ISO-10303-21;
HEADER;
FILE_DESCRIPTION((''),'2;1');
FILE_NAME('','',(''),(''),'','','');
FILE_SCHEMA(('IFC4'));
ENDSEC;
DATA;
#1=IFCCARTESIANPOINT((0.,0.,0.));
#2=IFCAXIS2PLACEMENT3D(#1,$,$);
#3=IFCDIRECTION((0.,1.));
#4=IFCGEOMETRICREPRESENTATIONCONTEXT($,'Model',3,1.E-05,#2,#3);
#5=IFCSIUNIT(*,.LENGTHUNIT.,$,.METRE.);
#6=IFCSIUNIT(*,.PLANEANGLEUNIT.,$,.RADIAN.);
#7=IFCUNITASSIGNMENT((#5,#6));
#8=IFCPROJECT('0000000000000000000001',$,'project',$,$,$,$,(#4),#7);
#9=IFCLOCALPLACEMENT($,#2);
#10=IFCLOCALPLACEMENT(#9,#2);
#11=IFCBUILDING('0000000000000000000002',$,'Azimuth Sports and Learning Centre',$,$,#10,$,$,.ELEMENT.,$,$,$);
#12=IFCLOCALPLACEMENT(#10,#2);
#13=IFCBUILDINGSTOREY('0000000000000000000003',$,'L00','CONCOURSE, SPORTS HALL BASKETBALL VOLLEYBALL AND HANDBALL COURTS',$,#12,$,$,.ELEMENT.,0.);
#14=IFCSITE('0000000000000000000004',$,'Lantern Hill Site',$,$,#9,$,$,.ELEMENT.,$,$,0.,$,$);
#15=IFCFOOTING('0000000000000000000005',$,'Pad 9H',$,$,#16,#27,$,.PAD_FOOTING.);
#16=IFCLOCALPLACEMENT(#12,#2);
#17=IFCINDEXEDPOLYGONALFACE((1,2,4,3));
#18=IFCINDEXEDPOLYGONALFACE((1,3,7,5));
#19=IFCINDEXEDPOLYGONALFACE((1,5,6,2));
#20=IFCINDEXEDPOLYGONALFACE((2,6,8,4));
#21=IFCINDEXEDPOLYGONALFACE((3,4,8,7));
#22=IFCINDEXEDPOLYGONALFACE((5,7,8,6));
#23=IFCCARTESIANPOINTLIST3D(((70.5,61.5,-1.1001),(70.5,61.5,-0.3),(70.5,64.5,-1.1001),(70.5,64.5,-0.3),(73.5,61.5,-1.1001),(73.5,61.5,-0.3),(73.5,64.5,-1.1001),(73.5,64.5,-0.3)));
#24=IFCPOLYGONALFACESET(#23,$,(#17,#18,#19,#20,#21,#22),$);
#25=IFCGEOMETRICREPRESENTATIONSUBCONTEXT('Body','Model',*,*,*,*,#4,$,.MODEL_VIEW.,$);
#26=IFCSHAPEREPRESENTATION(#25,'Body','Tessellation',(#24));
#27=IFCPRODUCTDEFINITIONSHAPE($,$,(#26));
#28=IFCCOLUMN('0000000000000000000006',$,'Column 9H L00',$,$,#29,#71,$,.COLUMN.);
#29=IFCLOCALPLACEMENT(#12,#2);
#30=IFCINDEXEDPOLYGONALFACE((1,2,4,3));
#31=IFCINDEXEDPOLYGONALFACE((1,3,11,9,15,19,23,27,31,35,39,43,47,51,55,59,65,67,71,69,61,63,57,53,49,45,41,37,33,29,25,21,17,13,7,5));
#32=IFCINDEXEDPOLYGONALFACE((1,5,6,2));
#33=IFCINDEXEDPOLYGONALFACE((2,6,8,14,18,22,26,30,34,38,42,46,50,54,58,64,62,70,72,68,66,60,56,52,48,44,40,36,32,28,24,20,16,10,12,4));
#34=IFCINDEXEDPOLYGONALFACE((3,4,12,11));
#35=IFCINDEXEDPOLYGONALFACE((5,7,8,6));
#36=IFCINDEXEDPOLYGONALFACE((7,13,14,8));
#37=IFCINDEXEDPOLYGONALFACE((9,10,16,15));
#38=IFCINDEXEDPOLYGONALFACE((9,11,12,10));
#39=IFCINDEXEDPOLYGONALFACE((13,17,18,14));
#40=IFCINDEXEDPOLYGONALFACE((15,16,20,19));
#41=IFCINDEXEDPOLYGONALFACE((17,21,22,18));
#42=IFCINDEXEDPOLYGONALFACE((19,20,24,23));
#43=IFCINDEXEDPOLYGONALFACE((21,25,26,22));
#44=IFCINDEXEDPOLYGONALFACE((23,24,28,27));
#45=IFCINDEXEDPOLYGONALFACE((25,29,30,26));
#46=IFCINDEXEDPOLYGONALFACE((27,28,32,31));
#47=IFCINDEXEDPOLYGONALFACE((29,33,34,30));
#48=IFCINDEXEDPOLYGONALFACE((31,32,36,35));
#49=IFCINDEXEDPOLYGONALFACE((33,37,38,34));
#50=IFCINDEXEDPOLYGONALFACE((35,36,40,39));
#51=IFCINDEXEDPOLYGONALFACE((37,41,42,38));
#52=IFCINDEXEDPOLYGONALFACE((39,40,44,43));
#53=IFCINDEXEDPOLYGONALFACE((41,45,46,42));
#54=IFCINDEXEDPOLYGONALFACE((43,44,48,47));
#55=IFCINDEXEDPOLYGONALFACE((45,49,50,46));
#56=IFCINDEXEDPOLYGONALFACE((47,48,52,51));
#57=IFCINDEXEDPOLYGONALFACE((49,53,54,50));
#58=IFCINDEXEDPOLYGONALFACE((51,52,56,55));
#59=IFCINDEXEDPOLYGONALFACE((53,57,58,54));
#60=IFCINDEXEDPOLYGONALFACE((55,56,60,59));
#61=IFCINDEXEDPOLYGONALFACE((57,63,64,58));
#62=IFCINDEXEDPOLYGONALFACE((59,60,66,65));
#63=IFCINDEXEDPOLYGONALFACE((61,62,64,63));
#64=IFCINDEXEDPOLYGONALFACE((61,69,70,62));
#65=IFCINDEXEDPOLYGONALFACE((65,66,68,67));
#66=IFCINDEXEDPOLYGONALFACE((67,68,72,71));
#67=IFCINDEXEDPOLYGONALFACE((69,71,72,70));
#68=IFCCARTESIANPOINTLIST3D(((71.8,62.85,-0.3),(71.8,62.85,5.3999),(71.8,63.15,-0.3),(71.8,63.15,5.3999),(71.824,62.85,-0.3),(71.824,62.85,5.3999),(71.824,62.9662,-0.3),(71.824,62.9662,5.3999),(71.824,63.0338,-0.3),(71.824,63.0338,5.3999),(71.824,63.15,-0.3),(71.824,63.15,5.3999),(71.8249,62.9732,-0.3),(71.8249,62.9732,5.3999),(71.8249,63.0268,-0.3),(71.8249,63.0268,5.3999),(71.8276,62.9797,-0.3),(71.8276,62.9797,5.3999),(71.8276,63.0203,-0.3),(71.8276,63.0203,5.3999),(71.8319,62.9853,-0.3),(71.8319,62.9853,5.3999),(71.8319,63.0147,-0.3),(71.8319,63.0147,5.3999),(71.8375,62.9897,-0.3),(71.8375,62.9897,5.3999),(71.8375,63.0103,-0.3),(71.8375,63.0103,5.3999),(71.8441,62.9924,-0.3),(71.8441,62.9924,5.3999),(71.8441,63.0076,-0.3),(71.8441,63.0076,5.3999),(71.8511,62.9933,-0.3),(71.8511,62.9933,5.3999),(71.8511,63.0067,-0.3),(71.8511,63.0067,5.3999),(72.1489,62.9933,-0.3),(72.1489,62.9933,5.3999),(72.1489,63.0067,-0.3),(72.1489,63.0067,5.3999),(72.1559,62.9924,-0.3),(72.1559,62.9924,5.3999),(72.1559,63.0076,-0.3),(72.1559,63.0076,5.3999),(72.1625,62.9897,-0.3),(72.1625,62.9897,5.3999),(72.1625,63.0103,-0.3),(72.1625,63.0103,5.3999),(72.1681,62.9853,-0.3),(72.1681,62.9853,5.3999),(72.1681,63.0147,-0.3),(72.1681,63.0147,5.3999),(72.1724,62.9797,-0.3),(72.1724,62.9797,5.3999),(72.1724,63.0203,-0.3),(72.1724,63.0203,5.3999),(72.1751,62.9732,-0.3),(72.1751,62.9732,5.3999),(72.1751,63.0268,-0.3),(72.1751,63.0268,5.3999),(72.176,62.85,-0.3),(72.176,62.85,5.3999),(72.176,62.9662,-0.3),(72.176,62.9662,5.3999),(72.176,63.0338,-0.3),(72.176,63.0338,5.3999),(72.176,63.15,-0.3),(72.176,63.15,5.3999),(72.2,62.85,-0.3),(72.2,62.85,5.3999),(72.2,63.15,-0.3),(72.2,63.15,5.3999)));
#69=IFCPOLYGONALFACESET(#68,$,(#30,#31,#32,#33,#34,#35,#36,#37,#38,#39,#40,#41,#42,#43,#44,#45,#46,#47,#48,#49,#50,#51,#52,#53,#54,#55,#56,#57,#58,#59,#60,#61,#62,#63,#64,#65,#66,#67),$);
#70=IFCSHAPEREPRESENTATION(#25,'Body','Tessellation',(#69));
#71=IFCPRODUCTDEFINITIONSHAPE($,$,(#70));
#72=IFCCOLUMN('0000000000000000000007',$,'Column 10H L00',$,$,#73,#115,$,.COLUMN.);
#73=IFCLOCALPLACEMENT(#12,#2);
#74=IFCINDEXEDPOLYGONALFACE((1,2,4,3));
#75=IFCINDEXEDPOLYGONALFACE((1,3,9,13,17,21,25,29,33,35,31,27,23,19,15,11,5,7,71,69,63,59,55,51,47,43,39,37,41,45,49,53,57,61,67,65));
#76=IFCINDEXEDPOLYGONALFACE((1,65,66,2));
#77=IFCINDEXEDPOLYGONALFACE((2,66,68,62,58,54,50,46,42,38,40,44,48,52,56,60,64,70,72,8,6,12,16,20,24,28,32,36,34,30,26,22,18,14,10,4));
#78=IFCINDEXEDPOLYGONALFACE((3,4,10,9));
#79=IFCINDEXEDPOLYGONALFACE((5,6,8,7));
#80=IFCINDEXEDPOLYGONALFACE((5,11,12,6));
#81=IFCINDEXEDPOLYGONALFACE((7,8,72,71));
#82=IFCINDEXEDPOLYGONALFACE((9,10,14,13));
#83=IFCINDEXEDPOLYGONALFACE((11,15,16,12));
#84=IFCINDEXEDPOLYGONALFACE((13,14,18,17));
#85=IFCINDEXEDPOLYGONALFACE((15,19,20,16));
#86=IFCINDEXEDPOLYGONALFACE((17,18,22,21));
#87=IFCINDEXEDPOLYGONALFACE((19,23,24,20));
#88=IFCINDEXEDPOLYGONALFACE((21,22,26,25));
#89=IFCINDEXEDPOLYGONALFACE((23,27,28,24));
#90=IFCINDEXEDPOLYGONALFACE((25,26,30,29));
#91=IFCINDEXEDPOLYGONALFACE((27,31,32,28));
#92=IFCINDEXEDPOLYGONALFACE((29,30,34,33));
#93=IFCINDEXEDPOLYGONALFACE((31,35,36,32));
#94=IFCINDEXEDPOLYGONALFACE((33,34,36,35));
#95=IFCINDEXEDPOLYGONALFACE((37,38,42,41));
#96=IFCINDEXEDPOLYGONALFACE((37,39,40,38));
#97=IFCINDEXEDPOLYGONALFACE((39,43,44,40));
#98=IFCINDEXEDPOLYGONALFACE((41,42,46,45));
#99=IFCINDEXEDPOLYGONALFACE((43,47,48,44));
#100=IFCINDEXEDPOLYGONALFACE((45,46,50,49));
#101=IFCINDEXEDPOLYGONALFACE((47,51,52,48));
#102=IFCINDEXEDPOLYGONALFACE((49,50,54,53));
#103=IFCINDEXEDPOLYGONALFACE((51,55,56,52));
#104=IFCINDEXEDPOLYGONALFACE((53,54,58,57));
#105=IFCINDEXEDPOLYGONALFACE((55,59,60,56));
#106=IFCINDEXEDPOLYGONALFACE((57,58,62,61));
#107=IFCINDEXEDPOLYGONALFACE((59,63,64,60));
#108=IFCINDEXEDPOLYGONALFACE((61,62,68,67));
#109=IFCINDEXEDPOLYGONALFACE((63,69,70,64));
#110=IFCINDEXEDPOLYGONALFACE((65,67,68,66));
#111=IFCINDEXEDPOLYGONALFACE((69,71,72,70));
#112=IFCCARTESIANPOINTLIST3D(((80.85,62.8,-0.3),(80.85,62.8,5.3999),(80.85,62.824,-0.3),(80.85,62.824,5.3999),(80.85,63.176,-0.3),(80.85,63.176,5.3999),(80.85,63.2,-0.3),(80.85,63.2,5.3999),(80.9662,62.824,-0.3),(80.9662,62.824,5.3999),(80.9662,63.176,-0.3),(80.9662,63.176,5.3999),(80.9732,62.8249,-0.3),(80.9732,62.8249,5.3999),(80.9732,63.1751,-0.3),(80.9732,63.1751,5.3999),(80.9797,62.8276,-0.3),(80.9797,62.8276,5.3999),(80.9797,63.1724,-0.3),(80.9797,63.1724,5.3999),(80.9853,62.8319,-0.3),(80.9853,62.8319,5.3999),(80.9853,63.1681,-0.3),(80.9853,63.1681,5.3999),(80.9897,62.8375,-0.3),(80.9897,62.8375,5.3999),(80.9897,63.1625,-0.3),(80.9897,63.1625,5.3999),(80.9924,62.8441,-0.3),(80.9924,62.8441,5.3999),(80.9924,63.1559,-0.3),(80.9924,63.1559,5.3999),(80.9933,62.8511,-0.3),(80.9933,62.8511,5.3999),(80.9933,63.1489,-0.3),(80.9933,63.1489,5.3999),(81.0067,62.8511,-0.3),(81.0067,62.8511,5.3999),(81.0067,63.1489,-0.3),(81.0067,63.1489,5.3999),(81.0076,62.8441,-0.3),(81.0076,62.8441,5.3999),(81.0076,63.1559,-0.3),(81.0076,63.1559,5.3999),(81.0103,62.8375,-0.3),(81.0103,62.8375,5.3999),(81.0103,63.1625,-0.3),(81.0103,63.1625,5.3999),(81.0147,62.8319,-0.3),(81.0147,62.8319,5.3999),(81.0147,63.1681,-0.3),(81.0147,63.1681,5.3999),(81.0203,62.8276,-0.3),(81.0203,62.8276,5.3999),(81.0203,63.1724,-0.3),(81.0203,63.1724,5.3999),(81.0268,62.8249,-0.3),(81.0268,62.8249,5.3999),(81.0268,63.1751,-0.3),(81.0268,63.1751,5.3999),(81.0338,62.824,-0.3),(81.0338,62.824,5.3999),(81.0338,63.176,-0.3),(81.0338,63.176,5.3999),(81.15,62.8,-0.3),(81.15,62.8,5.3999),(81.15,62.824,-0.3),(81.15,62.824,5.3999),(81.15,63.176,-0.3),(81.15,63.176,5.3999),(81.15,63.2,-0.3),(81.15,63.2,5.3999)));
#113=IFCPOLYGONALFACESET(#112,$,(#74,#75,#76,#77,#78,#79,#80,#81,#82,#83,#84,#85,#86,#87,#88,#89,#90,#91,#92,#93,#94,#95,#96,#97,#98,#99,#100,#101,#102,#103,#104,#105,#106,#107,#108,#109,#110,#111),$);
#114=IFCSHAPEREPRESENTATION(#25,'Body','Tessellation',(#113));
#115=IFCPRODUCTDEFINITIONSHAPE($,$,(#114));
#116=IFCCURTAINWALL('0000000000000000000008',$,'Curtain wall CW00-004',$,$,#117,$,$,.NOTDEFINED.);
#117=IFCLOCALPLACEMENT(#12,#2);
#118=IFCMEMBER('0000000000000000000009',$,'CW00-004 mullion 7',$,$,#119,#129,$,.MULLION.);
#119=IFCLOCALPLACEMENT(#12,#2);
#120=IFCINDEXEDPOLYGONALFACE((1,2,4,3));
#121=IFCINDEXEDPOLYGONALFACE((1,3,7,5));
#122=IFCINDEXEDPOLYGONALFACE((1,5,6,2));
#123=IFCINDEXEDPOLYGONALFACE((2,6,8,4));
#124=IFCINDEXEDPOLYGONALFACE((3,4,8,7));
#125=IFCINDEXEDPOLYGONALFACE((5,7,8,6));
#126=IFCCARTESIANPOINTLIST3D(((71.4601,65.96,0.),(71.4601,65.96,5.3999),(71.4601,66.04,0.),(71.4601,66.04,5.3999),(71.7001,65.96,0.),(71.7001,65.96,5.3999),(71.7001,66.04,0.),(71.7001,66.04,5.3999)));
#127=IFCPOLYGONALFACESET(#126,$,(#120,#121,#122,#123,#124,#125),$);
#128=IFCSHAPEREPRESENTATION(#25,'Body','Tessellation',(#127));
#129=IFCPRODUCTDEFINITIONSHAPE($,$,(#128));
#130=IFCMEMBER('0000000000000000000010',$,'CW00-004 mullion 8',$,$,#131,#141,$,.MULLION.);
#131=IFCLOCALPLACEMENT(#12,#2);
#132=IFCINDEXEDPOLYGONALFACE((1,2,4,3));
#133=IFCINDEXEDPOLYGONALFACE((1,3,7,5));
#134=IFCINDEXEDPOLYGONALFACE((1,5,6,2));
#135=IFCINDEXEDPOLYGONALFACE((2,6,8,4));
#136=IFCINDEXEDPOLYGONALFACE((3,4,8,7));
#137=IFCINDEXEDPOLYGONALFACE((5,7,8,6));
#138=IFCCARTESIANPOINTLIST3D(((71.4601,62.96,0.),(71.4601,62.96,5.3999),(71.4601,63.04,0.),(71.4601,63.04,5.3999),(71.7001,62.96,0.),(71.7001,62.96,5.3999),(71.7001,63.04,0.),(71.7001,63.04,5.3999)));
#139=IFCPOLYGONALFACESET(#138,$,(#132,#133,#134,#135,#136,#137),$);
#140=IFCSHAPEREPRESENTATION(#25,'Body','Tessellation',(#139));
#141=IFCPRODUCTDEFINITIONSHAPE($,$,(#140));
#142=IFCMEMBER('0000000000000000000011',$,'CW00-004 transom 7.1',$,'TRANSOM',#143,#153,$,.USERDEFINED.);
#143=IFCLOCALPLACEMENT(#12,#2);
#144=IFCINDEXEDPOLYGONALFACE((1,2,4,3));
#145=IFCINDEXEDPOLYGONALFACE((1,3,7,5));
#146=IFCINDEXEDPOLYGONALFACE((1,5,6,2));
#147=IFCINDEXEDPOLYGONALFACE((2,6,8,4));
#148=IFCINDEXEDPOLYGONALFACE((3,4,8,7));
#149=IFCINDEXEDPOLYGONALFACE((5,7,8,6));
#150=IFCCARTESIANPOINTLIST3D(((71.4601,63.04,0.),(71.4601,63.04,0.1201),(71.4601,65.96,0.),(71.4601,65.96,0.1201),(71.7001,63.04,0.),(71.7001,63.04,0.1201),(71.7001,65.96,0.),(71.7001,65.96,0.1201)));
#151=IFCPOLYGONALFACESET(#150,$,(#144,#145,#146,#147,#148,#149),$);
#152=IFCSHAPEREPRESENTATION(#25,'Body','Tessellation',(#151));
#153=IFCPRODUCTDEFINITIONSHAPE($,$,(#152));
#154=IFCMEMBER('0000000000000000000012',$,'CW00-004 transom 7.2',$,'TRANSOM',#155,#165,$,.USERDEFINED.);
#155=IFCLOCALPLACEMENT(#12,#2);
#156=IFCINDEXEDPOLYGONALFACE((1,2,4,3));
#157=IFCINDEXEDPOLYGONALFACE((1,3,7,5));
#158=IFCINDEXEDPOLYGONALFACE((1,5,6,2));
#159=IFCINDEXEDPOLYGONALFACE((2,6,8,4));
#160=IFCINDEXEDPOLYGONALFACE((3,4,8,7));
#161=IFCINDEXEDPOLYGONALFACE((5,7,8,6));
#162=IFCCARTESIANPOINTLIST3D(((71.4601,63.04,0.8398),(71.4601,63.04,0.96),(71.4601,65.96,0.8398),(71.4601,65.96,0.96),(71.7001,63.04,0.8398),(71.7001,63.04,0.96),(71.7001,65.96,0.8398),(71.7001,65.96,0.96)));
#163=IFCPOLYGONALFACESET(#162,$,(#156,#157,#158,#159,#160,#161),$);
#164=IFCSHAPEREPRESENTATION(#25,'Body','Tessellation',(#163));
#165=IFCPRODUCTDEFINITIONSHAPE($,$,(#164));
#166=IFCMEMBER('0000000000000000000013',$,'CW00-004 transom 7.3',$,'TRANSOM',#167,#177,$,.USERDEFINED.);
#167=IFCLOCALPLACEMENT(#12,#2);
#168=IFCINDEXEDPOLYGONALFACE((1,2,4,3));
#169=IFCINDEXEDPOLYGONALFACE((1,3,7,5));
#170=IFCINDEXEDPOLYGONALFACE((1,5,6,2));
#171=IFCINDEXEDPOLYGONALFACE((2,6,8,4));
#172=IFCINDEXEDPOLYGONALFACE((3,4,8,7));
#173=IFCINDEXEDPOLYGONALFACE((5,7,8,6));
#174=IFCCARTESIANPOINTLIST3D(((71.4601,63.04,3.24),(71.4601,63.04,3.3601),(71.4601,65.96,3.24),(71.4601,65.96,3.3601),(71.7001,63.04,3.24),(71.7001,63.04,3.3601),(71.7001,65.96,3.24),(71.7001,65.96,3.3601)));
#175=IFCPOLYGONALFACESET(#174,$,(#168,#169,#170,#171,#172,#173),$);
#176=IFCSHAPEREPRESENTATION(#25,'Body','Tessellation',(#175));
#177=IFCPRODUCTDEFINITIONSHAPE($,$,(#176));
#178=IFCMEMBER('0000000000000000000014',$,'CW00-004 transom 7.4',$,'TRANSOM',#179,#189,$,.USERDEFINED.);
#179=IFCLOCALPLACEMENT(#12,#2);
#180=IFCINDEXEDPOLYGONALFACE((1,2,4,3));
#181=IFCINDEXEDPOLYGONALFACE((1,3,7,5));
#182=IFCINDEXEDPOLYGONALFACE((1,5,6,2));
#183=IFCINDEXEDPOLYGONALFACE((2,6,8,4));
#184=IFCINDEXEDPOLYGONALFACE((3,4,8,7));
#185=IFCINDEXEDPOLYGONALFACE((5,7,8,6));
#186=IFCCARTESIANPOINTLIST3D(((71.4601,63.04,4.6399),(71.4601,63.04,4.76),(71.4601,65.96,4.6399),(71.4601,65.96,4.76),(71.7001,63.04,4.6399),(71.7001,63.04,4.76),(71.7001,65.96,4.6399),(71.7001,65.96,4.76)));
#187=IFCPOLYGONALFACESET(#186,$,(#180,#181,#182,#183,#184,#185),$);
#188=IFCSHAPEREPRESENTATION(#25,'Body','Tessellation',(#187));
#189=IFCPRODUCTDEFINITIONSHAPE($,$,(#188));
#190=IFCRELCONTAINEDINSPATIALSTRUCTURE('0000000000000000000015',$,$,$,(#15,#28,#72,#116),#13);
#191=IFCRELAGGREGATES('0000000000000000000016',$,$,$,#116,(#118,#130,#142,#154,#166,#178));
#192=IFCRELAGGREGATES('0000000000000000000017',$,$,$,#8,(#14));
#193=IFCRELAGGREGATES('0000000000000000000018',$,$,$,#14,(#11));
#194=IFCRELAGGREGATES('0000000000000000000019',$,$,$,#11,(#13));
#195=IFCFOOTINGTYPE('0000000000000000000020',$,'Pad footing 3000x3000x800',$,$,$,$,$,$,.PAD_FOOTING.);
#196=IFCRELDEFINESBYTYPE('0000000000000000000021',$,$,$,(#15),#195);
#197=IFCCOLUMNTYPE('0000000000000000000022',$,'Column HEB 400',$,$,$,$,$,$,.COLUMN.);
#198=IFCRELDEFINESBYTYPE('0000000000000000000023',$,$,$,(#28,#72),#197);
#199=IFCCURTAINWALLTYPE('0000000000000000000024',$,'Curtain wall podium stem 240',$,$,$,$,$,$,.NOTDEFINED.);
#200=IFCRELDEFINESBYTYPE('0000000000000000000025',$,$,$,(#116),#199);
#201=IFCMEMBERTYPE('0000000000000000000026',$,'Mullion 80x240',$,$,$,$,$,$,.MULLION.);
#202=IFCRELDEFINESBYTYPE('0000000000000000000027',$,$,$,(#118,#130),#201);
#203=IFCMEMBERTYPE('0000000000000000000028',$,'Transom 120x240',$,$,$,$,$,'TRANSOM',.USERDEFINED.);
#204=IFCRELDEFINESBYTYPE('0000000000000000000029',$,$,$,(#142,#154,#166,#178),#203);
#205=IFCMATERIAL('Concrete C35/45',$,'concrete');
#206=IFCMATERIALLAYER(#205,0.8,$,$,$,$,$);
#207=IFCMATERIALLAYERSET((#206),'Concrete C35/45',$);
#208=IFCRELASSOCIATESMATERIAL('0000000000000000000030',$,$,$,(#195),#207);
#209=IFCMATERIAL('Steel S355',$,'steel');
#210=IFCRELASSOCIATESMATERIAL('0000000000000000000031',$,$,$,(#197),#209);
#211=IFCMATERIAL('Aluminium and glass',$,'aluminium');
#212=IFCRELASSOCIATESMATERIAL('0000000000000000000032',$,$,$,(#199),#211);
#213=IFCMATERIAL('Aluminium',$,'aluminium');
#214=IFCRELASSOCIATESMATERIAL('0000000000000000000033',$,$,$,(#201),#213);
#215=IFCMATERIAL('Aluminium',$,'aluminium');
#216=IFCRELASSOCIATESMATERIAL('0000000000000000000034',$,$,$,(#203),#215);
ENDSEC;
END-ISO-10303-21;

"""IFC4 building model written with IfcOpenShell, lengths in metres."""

from ifc_helpers import new_model, si_unit, direction, frame, origin, origin_2d, place, context, subcontext, project, spatial, rectangle, i_section, extrude, material, layer, layer_set, material_profile, profile_set, type_object, element, aggregate, save


model = new_model("IFC4")

# Units and contexts
model_context = context("Model", 3, precision=1e-05, world=origin(), true_north=direction((0.0, 1.0)))
body_context = subcontext(model_context, "Body", "Model", "MODEL_VIEW")
ifc_project = project(units=[si_unit("LENGTHUNIT", "METRE"), si_unit("PLANEANGLEUNIT", "RADIAN")], contexts=[model_context])

# Site, building, storey
site_placement = place(None, origin())
site = spatial("IfcSite", under=ifc_project, at=site_placement, Name="Lantern Hill Site", CompositionType="ELEMENT", RefElevation=0.0)
building_placement = place(site_placement, origin())
building = spatial("IfcBuilding", under=site, at=building_placement, Name="Azimuth Sports and Learning Centre", CompositionType="ELEMENT")
storey_placement = place(building_placement, origin())
storey = spatial("IfcBuildingStorey", under=building, at=storey_placement, Name="L00", Description="CONCOURSE, SPORTS HALL BASKETBALL VOLLEYBALL AND HANDBALL COURTS", CompositionType="ELEMENT", Elevation=0.0)

# Footing
ifc_material_1 = material(Name="Concrete C35/45", Category="concrete")
ifc_layer_1 = layer(ifc_material_1, 0.8)
ifc_layer_set_1 = layer_set([ifc_layer_1], Name="Concrete C35/45")
footing_type = type_object("IfcFootingType", Name="Pad footing 3000x3000x800", PredefinedType="PAD_FOOTING", material=ifc_layer_set_1)
footing_placement = place(storey_placement, frame((72.0, 63.0, -1.1001), z_axis=(0.0, 0.0, 1.0), x_axis=(1.0, 0.0, 0.0)))
element("IfcFooting", 1, at=footing_placement, inside=storey, type_object=footing_type, Name="Pad 9H", PredefinedType="PAD_FOOTING", context=body_context, shape_type="SweptSolid", body=[
    extrude(rectangle(XDim=3.0, YDim=3.0, at=origin_2d()), origin(), (0.0, 0.0, 1.0), 0.8),
])

# Columns
ifc_material_2 = material(Name="Steel S355", Category="steel")
ifc_material_profile_1 = material_profile(ifc_material_2, i_section(OverallWidth=0.3, OverallDepth=0.3999, WebThickness=0.0134, FlangeThickness=0.0239, FilletRadius=0.0271, at=origin_2d()), Name="HEB 400")
ifc_profile_set_1 = profile_set([ifc_material_profile_1], Name="Steel S355")
column_type = type_object("IfcColumnType", Name="Column HEB 400", PredefinedType="COLUMN", material=ifc_profile_set_1)
for number, where, z_axis, x_axis, name in (
    (2, (72.0, 63.0, -0.3), (0.0, 0.0, 1.0), (0.0, 1.0, 0.0), "Column 9H L00"),
    (3, (81.0, 63.0, -0.3), (0.0, 0.0, 1.0), (1.0, 0.0, 0.0), "Column 10H L00"),
):
    element("IfcColumn", number, at=place(storey_placement, frame(where, z_axis=z_axis, x_axis=x_axis)), inside=storey, type_object=column_type, Name=name, PredefinedType="COLUMN", context=body_context, shape_type="SweptSolid", body=[
        extrude(i_section(OverallWidth=0.3, OverallDepth=0.3999, WebThickness=0.0134, FlangeThickness=0.0239, FilletRadius=0.0271, at=origin_2d()), origin(), (0.0, 0.0, 1.0), 5.7),
    ])

# Curtain wall, members
ifc_material_3 = material(Name="Aluminium and glass", Category="aluminium")
curtain_wall_type = type_object("IfcCurtainWallType", Name="Curtain wall podium stem 240", PredefinedType="NOTDEFINED", material=ifc_material_3)
curtain_wall_placement = place(storey_placement, origin())
curtain_wall = element("IfcCurtainWall", 4, at=curtain_wall_placement, inside=storey, type_object=curtain_wall_type, Name="Curtain wall CW00-004", PredefinedType="NOTDEFINED")
ifc_material_4 = material(Name="Aluminium", Category="aluminium")
ifc_material_profile_2 = material_profile(ifc_material_4, rectangle(XDim=0.24, YDim=0.0801, at=origin_2d()), Name="Mullion 80x240")
ifc_profile_set_2 = profile_set([ifc_material_profile_2], Name="Aluminium")
member_type_1 = type_object("IfcMemberType", Name="Mullion 80x240", PredefinedType="MULLION", material=ifc_profile_set_2)
member_1_placement = place(storey_placement, frame((71.5801, 66.0, 0.0), z_axis=(0.0, 0.0, 1.0), x_axis=(1.0, 0.0, 0.0)))
member_1 = element("IfcMember", 5, at=member_1_placement, type_object=member_type_1, Name="CW00-004 mullion 7", PredefinedType="MULLION", context=body_context, shape_type="SweptSolid", body=[
    extrude(rectangle(XDim=0.24, YDim=0.0801, at=origin_2d()), origin(), (0.0, 0.0, 1.0), 5.3999),
])
member_2_placement = place(storey_placement, frame((71.5801, 63.0, 0.0), z_axis=(0.0, 0.0, 1.0), x_axis=(1.0, 0.0, 0.0)))
member_2 = element("IfcMember", 6, at=member_2_placement, type_object=member_type_1, Name="CW00-004 mullion 8", PredefinedType="MULLION", context=body_context, shape_type="SweptSolid", body=[
    extrude(rectangle(XDim=0.24, YDim=0.0801, at=origin_2d()), origin(), (0.0, 0.0, 1.0), 5.3999),
])
ifc_material_5 = material(Name="Aluminium", Category="aluminium")
ifc_material_profile_3 = material_profile(ifc_material_5, rectangle(XDim=0.24, YDim=0.1201, at=origin_2d()), Name="Transom 120x240")
ifc_profile_set_3 = profile_set([ifc_material_profile_3], Name="Aluminium")
member_type_2 = type_object("IfcMemberType", Name="Transom 120x240", ElementType="TRANSOM", PredefinedType="USERDEFINED", material=ifc_profile_set_3)
member_3_placement = place(storey_placement, frame((71.5801, 65.96, 0.0601), z_axis=(0.0, -1.0, 0.0), x_axis=(1.0, 0.0, 0.0)))
member_3 = element("IfcMember", 7, at=member_3_placement, type_object=member_type_2, Name="CW00-004 transom 7.1", ObjectType="TRANSOM", PredefinedType="USERDEFINED", context=body_context, shape_type="SweptSolid", body=[
    extrude(rectangle(XDim=0.24, YDim=0.1201, at=origin_2d()), origin(), (0.0, 0.0, 1.0), 2.9199),
])
member_4_placement = place(storey_placement, frame((71.5801, 65.96, 0.8999), z_axis=(0.0, -1.0, 0.0), x_axis=(1.0, 0.0, 0.0)))
member_4 = element("IfcMember", 8, at=member_4_placement, type_object=member_type_2, Name="CW00-004 transom 7.2", ObjectType="TRANSOM", PredefinedType="USERDEFINED", context=body_context, shape_type="SweptSolid", body=[
    extrude(rectangle(XDim=0.24, YDim=0.1201, at=origin_2d()), origin(), (0.0, 0.0, 1.0), 2.9199),
])
member_5_placement = place(storey_placement, frame((71.5801, 65.96, 3.3), z_axis=(0.0, -1.0, 0.0), x_axis=(1.0, 0.0, 0.0)))
member_5 = element("IfcMember", 9, at=member_5_placement, type_object=member_type_2, Name="CW00-004 transom 7.3", ObjectType="TRANSOM", PredefinedType="USERDEFINED", context=body_context, shape_type="SweptSolid", body=[
    extrude(rectangle(XDim=0.24, YDim=0.1201, at=origin_2d()), origin(), (0.0, 0.0, 1.0), 2.9199),
])
member_6_placement = place(storey_placement, frame((71.5801, 65.96, 4.7), z_axis=(0.0, -1.0, 0.0), x_axis=(1.0, 0.0, 0.0)))
member_6 = element("IfcMember", 10, at=member_6_placement, type_object=member_type_2, Name="CW00-004 transom 7.4", ObjectType="TRANSOM", PredefinedType="USERDEFINED", context=body_context, shape_type="SweptSolid", body=[
    extrude(rectangle(XDim=0.24, YDim=0.1201, at=origin_2d()), origin(), (0.0, 0.0, 1.0), 2.9199),
])
aggregate(curtain_wall, [member_1, member_2, member_3, member_4, member_5, member_6])

save(model, "model.ifc")
